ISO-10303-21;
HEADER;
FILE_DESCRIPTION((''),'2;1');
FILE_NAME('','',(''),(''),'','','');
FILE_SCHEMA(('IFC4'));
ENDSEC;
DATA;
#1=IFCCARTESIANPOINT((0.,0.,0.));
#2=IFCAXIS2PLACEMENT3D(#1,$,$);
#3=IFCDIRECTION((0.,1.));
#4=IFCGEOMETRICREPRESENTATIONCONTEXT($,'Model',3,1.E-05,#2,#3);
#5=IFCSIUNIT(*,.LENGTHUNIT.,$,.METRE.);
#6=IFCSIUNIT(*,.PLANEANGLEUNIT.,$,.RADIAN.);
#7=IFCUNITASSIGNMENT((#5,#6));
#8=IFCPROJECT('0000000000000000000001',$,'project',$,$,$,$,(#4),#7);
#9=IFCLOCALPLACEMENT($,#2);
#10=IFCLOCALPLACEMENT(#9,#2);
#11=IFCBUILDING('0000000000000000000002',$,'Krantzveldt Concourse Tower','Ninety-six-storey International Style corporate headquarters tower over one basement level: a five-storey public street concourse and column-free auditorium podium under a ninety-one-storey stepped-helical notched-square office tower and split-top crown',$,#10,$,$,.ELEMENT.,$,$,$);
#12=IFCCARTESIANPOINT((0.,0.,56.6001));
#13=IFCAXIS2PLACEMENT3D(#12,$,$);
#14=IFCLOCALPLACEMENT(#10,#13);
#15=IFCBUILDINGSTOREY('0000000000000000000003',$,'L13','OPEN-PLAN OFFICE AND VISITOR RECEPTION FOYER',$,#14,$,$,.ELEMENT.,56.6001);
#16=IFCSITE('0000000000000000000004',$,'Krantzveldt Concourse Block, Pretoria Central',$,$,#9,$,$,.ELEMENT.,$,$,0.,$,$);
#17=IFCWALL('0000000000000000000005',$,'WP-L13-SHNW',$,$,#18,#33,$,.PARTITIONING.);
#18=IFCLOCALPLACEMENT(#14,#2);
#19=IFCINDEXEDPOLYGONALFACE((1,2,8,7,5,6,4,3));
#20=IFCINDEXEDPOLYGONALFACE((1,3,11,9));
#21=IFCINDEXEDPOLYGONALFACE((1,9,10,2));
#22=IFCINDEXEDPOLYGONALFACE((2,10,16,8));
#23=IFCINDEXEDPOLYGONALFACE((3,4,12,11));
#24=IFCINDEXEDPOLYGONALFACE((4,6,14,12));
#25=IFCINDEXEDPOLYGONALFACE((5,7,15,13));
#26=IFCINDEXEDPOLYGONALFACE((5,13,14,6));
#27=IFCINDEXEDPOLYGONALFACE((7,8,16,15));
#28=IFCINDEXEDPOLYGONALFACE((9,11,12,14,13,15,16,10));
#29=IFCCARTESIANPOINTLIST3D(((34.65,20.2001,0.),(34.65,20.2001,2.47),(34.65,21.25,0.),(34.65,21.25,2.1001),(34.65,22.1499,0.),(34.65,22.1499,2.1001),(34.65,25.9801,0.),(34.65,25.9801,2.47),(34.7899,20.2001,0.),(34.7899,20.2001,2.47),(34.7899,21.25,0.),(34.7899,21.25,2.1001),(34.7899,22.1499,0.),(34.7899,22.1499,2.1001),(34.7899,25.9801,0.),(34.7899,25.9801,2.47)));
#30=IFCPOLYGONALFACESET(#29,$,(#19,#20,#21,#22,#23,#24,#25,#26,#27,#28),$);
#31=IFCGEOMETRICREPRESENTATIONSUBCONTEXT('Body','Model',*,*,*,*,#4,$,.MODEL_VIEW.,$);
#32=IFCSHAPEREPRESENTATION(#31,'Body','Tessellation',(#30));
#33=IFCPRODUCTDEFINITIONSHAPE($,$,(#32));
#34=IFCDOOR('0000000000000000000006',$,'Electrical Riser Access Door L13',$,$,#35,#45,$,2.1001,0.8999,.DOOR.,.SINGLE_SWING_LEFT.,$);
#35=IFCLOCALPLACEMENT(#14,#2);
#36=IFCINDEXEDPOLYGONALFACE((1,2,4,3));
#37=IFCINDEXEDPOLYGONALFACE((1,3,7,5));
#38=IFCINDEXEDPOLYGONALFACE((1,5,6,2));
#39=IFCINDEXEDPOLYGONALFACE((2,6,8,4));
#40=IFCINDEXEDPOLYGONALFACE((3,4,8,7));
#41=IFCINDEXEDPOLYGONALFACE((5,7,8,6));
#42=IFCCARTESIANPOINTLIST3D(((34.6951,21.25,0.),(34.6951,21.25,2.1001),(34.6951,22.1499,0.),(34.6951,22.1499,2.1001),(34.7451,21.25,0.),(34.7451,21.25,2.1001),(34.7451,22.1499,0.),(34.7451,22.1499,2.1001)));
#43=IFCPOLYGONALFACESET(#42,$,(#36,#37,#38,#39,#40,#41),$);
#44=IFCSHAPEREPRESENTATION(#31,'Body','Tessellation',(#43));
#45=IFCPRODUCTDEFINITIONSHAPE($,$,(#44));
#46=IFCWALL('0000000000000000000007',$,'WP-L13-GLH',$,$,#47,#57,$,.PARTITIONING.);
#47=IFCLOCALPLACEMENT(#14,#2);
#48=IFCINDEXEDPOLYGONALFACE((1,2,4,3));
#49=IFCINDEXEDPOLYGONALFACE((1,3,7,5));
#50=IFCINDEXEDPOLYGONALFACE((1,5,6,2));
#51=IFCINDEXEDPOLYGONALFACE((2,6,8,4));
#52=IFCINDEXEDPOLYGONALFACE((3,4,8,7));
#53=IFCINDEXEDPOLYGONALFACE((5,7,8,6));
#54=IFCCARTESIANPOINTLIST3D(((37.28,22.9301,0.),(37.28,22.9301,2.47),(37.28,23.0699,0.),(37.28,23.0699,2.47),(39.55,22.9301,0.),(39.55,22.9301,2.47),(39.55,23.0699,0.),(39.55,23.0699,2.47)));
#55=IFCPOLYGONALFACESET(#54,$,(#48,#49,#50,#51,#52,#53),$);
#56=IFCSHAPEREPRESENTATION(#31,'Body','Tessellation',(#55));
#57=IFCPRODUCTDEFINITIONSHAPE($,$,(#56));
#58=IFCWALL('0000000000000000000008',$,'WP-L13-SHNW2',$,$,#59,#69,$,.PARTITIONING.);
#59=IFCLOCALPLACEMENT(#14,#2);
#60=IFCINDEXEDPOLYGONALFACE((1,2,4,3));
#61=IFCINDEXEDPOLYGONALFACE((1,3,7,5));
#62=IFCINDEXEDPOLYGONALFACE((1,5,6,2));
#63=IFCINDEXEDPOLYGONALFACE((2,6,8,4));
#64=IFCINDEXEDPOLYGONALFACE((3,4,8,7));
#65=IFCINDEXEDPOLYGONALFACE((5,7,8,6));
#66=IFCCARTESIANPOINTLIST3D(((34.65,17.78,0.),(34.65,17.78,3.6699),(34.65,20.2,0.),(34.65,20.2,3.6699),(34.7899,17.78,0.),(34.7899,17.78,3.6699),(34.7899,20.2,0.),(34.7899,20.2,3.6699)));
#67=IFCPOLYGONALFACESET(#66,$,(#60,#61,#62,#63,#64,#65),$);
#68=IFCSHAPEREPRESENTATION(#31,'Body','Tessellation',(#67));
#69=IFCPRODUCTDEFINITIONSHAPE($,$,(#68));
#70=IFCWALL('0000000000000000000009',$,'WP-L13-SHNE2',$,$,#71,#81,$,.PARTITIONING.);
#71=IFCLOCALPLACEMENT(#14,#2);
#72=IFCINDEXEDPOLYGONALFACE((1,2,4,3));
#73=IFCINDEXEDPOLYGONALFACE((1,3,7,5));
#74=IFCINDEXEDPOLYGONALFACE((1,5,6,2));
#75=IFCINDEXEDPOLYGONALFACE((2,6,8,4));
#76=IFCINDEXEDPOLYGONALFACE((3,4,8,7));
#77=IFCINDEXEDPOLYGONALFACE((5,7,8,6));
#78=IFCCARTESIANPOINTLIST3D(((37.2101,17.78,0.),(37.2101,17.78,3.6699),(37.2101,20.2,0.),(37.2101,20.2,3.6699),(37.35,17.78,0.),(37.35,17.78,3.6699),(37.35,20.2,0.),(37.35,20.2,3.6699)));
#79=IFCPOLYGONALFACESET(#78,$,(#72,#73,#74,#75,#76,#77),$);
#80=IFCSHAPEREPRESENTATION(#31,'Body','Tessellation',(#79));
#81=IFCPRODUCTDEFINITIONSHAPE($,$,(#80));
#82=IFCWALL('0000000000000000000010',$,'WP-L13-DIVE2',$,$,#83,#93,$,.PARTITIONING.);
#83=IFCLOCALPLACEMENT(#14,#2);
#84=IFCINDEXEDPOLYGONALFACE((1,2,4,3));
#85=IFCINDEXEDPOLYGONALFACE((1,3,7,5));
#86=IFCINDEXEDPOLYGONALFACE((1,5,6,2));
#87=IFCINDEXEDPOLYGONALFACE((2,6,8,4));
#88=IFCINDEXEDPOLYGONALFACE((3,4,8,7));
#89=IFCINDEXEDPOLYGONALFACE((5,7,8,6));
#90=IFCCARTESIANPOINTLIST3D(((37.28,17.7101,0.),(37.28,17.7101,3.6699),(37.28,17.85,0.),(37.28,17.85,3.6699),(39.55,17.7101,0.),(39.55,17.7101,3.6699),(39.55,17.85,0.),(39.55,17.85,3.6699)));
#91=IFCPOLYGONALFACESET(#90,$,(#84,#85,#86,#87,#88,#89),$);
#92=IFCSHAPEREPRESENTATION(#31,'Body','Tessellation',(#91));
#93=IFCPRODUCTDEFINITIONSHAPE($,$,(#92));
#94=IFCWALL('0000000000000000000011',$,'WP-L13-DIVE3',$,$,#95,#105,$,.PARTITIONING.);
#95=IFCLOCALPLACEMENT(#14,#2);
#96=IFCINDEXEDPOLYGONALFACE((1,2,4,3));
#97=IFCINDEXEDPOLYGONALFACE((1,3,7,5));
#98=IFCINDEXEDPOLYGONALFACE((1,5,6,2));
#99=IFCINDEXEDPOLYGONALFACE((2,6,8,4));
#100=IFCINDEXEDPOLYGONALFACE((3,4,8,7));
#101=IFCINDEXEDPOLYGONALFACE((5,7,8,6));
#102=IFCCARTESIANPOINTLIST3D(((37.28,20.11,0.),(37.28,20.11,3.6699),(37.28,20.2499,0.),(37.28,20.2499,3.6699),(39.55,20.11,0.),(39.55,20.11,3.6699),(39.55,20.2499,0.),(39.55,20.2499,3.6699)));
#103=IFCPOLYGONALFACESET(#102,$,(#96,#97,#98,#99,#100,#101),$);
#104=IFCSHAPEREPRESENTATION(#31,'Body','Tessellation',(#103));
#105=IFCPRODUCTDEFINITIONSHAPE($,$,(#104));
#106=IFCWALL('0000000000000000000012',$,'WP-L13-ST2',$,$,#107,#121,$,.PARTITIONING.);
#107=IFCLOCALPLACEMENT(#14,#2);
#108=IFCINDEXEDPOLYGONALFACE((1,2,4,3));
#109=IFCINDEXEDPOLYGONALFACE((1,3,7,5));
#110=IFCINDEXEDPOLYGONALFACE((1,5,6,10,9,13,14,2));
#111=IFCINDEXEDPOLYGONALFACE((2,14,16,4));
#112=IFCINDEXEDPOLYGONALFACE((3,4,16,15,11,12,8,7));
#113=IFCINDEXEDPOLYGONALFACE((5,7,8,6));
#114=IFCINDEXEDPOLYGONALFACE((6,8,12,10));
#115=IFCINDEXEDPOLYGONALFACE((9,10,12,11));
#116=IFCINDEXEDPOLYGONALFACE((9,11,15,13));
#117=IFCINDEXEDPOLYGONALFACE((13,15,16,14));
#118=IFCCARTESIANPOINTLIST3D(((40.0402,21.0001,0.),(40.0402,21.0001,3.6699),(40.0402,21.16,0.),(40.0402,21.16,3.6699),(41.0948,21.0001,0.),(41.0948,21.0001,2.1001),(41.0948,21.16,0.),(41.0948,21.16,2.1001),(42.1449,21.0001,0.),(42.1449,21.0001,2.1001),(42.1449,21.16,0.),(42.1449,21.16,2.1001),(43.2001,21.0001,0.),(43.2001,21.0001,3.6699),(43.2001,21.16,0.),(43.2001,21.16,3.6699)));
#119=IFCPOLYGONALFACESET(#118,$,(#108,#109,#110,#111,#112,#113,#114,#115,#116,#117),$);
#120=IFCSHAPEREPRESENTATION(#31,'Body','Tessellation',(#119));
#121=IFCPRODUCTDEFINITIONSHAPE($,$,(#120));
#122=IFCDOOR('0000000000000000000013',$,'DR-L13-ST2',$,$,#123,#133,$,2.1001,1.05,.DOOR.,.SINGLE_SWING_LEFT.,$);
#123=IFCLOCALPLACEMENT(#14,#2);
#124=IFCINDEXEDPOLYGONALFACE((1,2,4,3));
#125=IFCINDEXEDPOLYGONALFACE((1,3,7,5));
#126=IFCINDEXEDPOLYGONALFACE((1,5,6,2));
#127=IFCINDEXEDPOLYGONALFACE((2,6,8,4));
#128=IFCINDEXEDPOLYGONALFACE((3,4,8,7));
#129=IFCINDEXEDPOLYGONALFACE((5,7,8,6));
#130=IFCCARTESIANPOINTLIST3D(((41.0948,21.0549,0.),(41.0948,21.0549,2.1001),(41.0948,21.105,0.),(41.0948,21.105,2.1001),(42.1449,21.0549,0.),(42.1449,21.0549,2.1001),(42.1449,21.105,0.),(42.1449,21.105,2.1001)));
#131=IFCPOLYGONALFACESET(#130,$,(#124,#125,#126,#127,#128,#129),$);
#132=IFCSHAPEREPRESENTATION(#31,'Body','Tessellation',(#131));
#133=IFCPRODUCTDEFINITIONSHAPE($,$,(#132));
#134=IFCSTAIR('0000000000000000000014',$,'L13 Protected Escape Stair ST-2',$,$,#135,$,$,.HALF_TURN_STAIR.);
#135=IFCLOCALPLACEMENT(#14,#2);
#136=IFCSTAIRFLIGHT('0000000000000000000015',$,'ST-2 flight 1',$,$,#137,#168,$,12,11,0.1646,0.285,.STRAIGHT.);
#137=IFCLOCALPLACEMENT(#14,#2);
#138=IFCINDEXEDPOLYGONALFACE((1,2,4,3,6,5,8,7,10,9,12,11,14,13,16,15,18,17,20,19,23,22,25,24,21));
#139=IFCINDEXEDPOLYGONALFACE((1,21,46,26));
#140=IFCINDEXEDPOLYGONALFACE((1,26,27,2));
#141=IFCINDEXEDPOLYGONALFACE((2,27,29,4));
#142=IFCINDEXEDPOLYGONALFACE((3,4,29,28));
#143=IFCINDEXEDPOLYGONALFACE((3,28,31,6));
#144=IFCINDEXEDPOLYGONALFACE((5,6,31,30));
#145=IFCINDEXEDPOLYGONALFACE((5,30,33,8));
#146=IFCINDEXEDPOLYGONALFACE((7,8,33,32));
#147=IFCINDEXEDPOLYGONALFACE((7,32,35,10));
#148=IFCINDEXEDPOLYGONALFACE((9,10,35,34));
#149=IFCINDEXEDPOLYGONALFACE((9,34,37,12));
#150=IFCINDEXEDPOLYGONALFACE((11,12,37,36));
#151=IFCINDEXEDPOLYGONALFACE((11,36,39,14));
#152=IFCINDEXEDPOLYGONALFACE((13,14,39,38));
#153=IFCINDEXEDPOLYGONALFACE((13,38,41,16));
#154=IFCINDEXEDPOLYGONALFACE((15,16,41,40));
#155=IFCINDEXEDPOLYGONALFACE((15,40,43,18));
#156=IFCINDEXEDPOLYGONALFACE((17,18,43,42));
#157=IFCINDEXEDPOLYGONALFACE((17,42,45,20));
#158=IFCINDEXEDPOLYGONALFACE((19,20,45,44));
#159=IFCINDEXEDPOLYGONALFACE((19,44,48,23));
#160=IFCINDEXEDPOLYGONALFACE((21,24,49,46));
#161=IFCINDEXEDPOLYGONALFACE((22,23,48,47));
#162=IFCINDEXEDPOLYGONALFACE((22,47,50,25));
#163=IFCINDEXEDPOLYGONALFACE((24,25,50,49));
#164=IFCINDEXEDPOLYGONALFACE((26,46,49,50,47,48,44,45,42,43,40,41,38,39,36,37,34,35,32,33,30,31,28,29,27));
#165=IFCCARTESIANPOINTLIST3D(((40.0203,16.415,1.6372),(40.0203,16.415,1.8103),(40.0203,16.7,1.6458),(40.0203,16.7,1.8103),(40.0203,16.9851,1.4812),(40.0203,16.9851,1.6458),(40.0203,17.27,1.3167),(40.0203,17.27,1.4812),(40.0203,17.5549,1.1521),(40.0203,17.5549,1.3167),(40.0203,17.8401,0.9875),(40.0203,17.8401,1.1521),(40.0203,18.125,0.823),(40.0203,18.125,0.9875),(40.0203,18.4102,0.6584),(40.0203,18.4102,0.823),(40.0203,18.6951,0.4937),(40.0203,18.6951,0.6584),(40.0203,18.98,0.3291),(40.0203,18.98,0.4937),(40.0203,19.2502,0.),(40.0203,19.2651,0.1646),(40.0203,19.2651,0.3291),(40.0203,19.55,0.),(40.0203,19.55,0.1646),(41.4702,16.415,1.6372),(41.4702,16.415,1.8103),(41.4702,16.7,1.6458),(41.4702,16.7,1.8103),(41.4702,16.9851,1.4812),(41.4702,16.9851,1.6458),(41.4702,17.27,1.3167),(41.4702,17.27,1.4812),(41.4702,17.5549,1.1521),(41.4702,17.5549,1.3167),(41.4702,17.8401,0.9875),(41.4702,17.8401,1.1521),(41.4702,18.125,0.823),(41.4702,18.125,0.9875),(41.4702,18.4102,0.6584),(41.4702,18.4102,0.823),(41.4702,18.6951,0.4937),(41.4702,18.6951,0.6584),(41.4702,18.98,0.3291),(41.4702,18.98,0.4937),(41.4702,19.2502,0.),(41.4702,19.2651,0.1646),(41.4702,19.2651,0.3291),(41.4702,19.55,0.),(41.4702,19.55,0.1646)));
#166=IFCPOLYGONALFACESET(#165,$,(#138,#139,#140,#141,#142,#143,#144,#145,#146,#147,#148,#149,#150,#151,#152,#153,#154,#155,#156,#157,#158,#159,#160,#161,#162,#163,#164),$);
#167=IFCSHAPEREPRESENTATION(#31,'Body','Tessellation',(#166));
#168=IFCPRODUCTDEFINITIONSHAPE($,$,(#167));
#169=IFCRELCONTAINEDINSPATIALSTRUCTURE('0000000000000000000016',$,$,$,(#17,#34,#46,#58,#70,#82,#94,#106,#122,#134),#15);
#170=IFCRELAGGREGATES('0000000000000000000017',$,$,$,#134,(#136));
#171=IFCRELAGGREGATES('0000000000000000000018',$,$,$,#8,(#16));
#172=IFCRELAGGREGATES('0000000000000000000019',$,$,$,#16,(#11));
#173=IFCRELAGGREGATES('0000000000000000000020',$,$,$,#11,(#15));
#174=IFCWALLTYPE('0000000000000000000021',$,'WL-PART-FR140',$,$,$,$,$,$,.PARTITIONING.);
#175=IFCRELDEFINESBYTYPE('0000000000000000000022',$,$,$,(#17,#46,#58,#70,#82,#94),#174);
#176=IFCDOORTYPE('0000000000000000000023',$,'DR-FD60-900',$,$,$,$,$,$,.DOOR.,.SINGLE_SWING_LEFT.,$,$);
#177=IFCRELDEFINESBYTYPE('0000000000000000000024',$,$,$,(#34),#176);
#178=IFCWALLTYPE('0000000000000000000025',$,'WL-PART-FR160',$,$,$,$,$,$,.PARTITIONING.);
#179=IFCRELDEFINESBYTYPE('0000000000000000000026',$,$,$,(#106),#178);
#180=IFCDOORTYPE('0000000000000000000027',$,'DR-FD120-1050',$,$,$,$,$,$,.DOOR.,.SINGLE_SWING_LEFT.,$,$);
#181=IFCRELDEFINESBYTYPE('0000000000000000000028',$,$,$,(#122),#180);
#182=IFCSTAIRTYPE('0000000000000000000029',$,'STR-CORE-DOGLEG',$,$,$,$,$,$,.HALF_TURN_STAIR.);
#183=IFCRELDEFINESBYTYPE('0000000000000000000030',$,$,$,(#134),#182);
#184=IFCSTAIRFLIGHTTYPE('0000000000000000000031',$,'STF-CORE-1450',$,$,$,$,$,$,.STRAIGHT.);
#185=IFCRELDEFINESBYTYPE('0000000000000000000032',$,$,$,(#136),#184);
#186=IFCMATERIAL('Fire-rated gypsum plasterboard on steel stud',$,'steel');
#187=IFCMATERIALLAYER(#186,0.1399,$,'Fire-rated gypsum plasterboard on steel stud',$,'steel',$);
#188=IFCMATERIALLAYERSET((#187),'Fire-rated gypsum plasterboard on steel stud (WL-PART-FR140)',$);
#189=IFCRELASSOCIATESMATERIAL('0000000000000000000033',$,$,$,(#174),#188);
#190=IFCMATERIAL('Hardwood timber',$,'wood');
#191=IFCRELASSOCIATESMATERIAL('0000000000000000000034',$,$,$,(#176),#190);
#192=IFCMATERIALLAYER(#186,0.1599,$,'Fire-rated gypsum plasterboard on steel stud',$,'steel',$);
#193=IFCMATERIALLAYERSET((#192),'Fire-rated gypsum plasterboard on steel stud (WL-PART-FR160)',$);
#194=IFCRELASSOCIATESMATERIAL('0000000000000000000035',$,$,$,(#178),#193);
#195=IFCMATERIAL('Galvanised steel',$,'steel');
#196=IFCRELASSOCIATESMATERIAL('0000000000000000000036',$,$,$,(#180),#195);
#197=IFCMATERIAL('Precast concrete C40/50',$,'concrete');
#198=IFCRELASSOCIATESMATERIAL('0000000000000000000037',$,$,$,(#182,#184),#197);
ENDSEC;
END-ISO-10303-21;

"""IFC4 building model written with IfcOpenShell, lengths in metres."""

from ifc_helpers import new_model, si_unit, direction, frame, frame_2d, origin, place, context, subcontext, project, spatial, polyline, rectangle, outline, extrude, material, layer, layer_set, type_object, element, fill, aggregate, save


model = new_model("IFC4")

# Units and contexts
model_context = context("Model", 3, precision=1e-05, world=origin(), true_north=direction((0.0, 1.0)))
body_context = subcontext(model_context, "Body", "Model", "MODEL_VIEW")
ifc_project = project(units=[si_unit("LENGTHUNIT", "METRE"), si_unit("PLANEANGLEUNIT", "RADIAN")], contexts=[model_context])

# Site, building, storey
site_placement = place(None, origin())
site = spatial("IfcSite", under=ifc_project, at=site_placement, Name="Krantzveldt Concourse Block, Pretoria Central", CompositionType="ELEMENT", RefElevation=0.0)
building_placement = place(site_placement, origin())
building = spatial("IfcBuilding", under=site, at=building_placement, Name="Krantzveldt Concourse Tower", Description="Ninety-six-storey International Style corporate headquarters tower over one basement level: a five-storey public street concourse and column-free auditorium podium under a ninety-one-storey stepped-helical notched-square office tower and split-top crown", CompositionType="ELEMENT")
storey_placement = place(building_placement, frame((0.0, 0.0, 56.6001)))
storey = spatial("IfcBuildingStorey", under=building, at=storey_placement, Name="L13", Description="OPEN-PLAN OFFICE AND VISITOR RECEPTION FOYER", CompositionType="ELEMENT", Elevation=56.6001)

# Wall, opening, door
ifc_material_1 = material(Name="Fire-rated gypsum plasterboard on steel stud", Category="steel")
ifc_layer_1 = layer(ifc_material_1, 0.1399, Name="Fire-rated gypsum plasterboard on steel stud", Category="steel")
ifc_layer_set_1 = layer_set([ifc_layer_1], Name="Fire-rated gypsum plasterboard on steel stud (WL-PART-FR140)")
wall_type_1 = type_object("IfcWallType", Name="WL-PART-FR140", PredefinedType="PARTITIONING", material=ifc_layer_set_1)
wall_1_placement = place(storey_placement, frame((34.72, 20.2, 0.0), z_axis=(0.0, 0.0, 1.0), x_axis=(0.0, 1.0, 0.0)))
wall_1 = element("IfcWall", 1, at=wall_1_placement, inside=storey, type_object=wall_type_1, Name="WP-L13-SHNW", PredefinedType="PARTITIONING", context=body_context, shape_type="SweptSolid", body=[
    extrude(rectangle(XDim=5.78, YDim=0.1399, at=frame_2d((2.8901, 0.0))), origin(), (0.0, 0.0, 1.0), 2.47),
])
opening_1_placement = place(wall_1_placement, frame((1.05, 0.0, 0.0)))
opening_1 = element("IfcOpeningElement", 2, at=opening_1_placement, cuts=wall_1, PredefinedType="OPENING", context=body_context, shape_type="SweptSolid", body=[
    extrude(rectangle(XDim=0.8999, YDim=2.1001, at=frame_2d((0.45, 1.05))), frame((0.0, 0.0801, 0.0), z_axis=(0.0, -1.0, 0.0), x_axis=(1.0, 0.0, 0.0)), (0.0, 0.0, 1.0), 0.1599),
])
ifc_material_2 = material(Name="Hardwood timber", Category="wood")
door_type_1 = type_object("IfcDoorType", Name="DR-FD60-900", OperationType="SINGLE_SWING_LEFT", PredefinedType="DOOR", material=ifc_material_2)
door_1_placement = place(opening_1_placement, origin())
door_1 = element("IfcDoor", 3, at=door_1_placement, inside=storey, type_object=door_type_1, Name="Electrical Riser Access Door L13", OperationType="SINGLE_SWING_LEFT", OverallHeight=2.1001, OverallWidth=0.8999, PredefinedType="DOOR", context=body_context, shape_type="SweptSolid", body=[
    extrude(rectangle(XDim=0.8999, YDim=2.1001, at=frame_2d((0.45, 1.05))), frame((0.0, 0.0249, 0.0), z_axis=(0.0, -1.0, 0.0), x_axis=(1.0, 0.0, 0.0)), (0.0, 0.0, 1.0), 0.05),
])
fill(opening_1, door_1)

# Walls
wall_2_placement = place(storey_placement, frame((37.28, 23.0, 0.0), z_axis=(0.0, 0.0, 1.0), x_axis=(1.0, 0.0, 0.0)))
element("IfcWall", 4, at=wall_2_placement, inside=storey, type_object=wall_type_1, Name="WP-L13-GLH", PredefinedType="PARTITIONING", context=body_context, shape_type="SweptSolid", body=[
    extrude(rectangle(XDim=2.27, YDim=0.1399, at=frame_2d((1.135, 0.0))), origin(), (0.0, 0.0, 1.0), 2.47),
])
for number, where, z_axis, x_axis, name in (
    (5, (34.72, 17.78, 0.0), (0.0, 0.0, 1.0), (0.0, 1.0, 0.0), "WP-L13-SHNW2"),
    (6, (37.28, 17.78, 0.0), (0.0, 0.0, 1.0), (0.0, 1.0, 0.0), "WP-L13-SHNE2"),
):
    element("IfcWall", number, at=place(storey_placement, frame(where, z_axis=z_axis, x_axis=x_axis)), inside=storey, type_object=wall_type_1, Name=name, PredefinedType="PARTITIONING", context=body_context, shape_type="SweptSolid", body=[
        extrude(rectangle(XDim=2.4199, YDim=0.1399, at=frame_2d((1.21, 0.0))), origin(), (0.0, 0.0, 1.0), 3.6699),
    ])
for number, where, z_axis, x_axis, name in (
    (7, (37.28, 17.78, 0.0), (0.0, 0.0, 1.0), (1.0, 0.0, 0.0), "WP-L13-DIVE2"),
    (8, (37.28, 20.1799, 0.0), (0.0, 0.0, 1.0), (1.0, 0.0, 0.0), "WP-L13-DIVE3"),
):
    element("IfcWall", number, at=place(storey_placement, frame(where, z_axis=z_axis, x_axis=x_axis)), inside=storey, type_object=wall_type_1, Name=name, PredefinedType="PARTITIONING", context=body_context, shape_type="SweptSolid", body=[
        extrude(rectangle(XDim=2.27, YDim=0.1399, at=frame_2d((1.135, 0.0))), origin(), (0.0, 0.0, 1.0), 3.6699),
    ])

# Wall, opening, door
ifc_layer_2 = layer(ifc_material_1, 0.1599, Name="Fire-rated gypsum plasterboard on steel stud", Category="steel")
ifc_layer_set_2 = layer_set([ifc_layer_2], Name="Fire-rated gypsum plasterboard on steel stud (WL-PART-FR160)")
wall_type_2 = type_object("IfcWallType", Name="WL-PART-FR160", PredefinedType="PARTITIONING", material=ifc_layer_set_2)
wall_3_placement = place(storey_placement, frame((40.04, 21.0801, 0.0), z_axis=(0.0, 0.0, 1.0), x_axis=(1.0, 0.0, 0.0)))
wall_3 = element("IfcWall", 9, at=wall_3_placement, inside=storey, type_object=wall_type_2, Name="WP-L13-ST2", PredefinedType="PARTITIONING", context=body_context, shape_type="SweptSolid", body=[
    extrude(rectangle(XDim=3.1599, YDim=0.1599, at=frame_2d((1.5801, 0.0))), origin(), (0.0, 0.0, 1.0), 3.6699),
])
opening_2_placement = place(wall_3_placement, frame((1.0549, 0.0, 0.0)))
opening_2 = element("IfcOpeningElement", 10, at=opening_2_placement, cuts=wall_3, PredefinedType="OPENING", context=body_context, shape_type="SweptSolid", body=[
    extrude(rectangle(XDim=1.05, YDim=2.1001, at=frame_2d((0.5249, 1.05))), frame((0.0, 0.0898, 0.0), z_axis=(0.0, -1.0, 0.0), x_axis=(1.0, 0.0, 0.0)), (0.0, 0.0, 1.0), 0.1799),
])
ifc_material_3 = material(Name="Galvanised steel", Category="steel")
door_type_2 = type_object("IfcDoorType", Name="DR-FD120-1050", OperationType="SINGLE_SWING_LEFT", PredefinedType="DOOR", material=ifc_material_3)
door_2_placement = place(opening_2_placement, origin())
door_2 = element("IfcDoor", 11, at=door_2_placement, inside=storey, type_object=door_type_2, Name="DR-L13-ST2", OperationType="SINGLE_SWING_LEFT", OverallHeight=2.1001, OverallWidth=1.05, PredefinedType="DOOR", context=body_context, shape_type="SweptSolid", body=[
    extrude(rectangle(XDim=1.05, YDim=2.1001, at=frame_2d((0.5249, 1.05))), frame((0.0, 0.0249, 0.0), z_axis=(0.0, -1.0, 0.0), x_axis=(1.0, 0.0, 0.0)), (0.0, 0.0, 1.0), 0.05),
])
fill(opening_2, door_2)

# Stair, stair flight
ifc_material_4 = material(Name="Precast concrete C40/50", Category="concrete")
stair_type = type_object("IfcStairType", Name="STR-CORE-DOGLEG", PredefinedType="HALF_TURN_STAIR", material=ifc_material_4)
stair_placement = place(storey_placement, origin())
stair = element("IfcStair", 12, at=stair_placement, inside=storey, type_object=stair_type, Name="L13 Protected Escape Stair ST-2", PredefinedType="HALF_TURN_STAIR")
stair_flight_type = type_object("IfcStairFlightType", Name="STF-CORE-1450", PredefinedType="STRAIGHT", material=ifc_material_4)
stair_flight_1_placement = place(storey_placement, frame((40.7451, 19.55, 0.0), z_axis=(0.0, 0.0, 1.0), x_axis=(0.0, -1.0, 0.0)))
stair_flight_1 = element("IfcStairFlight", 13, at=stair_flight_1_placement, type_object=stair_flight_type, Name="ST-2 flight 1", NumberOfRisers=12, NumberOfTreads=11, PredefinedType="STRAIGHT", RiserHeight=0.1646, TreadLength=0.285, context=body_context, shape_type="SweptSolid", body=[
    extrude(outline(polyline([(0.0, 0.0), (0.0, 0.1646), (0.2849, 0.1646), (0.2849, 0.3291), (0.5701, 0.3291), (0.5701, 0.4937), (0.855, 0.4937), (0.855, 0.6584), (1.1399, 0.6584), (1.1399, 0.823), (1.425, 0.823), (1.425, 0.9875), (1.71, 0.9875), (1.71, 1.1521), (1.9951, 1.1521), (1.9951, 1.3167), (2.28, 1.3167), (2.28, 1.4812), (2.5649, 1.4812), (2.5649, 1.6458), (2.8501, 1.6458), (2.8501, 1.8103), (3.135, 1.8103), (3.135, 1.9751), (3.135, 1.6372), (0.2998, 0.0), (0.0, 0.0)])), frame((0.0, 0.7251, 0.0), z_axis=(0.0, -1.0, 0.0), x_axis=(1.0, 0.0, 0.0)), (0.0, 0.0, 1.0), 1.45),
])
aggregate(stair, [stair_flight_1])

save(model, "model.ifc")
